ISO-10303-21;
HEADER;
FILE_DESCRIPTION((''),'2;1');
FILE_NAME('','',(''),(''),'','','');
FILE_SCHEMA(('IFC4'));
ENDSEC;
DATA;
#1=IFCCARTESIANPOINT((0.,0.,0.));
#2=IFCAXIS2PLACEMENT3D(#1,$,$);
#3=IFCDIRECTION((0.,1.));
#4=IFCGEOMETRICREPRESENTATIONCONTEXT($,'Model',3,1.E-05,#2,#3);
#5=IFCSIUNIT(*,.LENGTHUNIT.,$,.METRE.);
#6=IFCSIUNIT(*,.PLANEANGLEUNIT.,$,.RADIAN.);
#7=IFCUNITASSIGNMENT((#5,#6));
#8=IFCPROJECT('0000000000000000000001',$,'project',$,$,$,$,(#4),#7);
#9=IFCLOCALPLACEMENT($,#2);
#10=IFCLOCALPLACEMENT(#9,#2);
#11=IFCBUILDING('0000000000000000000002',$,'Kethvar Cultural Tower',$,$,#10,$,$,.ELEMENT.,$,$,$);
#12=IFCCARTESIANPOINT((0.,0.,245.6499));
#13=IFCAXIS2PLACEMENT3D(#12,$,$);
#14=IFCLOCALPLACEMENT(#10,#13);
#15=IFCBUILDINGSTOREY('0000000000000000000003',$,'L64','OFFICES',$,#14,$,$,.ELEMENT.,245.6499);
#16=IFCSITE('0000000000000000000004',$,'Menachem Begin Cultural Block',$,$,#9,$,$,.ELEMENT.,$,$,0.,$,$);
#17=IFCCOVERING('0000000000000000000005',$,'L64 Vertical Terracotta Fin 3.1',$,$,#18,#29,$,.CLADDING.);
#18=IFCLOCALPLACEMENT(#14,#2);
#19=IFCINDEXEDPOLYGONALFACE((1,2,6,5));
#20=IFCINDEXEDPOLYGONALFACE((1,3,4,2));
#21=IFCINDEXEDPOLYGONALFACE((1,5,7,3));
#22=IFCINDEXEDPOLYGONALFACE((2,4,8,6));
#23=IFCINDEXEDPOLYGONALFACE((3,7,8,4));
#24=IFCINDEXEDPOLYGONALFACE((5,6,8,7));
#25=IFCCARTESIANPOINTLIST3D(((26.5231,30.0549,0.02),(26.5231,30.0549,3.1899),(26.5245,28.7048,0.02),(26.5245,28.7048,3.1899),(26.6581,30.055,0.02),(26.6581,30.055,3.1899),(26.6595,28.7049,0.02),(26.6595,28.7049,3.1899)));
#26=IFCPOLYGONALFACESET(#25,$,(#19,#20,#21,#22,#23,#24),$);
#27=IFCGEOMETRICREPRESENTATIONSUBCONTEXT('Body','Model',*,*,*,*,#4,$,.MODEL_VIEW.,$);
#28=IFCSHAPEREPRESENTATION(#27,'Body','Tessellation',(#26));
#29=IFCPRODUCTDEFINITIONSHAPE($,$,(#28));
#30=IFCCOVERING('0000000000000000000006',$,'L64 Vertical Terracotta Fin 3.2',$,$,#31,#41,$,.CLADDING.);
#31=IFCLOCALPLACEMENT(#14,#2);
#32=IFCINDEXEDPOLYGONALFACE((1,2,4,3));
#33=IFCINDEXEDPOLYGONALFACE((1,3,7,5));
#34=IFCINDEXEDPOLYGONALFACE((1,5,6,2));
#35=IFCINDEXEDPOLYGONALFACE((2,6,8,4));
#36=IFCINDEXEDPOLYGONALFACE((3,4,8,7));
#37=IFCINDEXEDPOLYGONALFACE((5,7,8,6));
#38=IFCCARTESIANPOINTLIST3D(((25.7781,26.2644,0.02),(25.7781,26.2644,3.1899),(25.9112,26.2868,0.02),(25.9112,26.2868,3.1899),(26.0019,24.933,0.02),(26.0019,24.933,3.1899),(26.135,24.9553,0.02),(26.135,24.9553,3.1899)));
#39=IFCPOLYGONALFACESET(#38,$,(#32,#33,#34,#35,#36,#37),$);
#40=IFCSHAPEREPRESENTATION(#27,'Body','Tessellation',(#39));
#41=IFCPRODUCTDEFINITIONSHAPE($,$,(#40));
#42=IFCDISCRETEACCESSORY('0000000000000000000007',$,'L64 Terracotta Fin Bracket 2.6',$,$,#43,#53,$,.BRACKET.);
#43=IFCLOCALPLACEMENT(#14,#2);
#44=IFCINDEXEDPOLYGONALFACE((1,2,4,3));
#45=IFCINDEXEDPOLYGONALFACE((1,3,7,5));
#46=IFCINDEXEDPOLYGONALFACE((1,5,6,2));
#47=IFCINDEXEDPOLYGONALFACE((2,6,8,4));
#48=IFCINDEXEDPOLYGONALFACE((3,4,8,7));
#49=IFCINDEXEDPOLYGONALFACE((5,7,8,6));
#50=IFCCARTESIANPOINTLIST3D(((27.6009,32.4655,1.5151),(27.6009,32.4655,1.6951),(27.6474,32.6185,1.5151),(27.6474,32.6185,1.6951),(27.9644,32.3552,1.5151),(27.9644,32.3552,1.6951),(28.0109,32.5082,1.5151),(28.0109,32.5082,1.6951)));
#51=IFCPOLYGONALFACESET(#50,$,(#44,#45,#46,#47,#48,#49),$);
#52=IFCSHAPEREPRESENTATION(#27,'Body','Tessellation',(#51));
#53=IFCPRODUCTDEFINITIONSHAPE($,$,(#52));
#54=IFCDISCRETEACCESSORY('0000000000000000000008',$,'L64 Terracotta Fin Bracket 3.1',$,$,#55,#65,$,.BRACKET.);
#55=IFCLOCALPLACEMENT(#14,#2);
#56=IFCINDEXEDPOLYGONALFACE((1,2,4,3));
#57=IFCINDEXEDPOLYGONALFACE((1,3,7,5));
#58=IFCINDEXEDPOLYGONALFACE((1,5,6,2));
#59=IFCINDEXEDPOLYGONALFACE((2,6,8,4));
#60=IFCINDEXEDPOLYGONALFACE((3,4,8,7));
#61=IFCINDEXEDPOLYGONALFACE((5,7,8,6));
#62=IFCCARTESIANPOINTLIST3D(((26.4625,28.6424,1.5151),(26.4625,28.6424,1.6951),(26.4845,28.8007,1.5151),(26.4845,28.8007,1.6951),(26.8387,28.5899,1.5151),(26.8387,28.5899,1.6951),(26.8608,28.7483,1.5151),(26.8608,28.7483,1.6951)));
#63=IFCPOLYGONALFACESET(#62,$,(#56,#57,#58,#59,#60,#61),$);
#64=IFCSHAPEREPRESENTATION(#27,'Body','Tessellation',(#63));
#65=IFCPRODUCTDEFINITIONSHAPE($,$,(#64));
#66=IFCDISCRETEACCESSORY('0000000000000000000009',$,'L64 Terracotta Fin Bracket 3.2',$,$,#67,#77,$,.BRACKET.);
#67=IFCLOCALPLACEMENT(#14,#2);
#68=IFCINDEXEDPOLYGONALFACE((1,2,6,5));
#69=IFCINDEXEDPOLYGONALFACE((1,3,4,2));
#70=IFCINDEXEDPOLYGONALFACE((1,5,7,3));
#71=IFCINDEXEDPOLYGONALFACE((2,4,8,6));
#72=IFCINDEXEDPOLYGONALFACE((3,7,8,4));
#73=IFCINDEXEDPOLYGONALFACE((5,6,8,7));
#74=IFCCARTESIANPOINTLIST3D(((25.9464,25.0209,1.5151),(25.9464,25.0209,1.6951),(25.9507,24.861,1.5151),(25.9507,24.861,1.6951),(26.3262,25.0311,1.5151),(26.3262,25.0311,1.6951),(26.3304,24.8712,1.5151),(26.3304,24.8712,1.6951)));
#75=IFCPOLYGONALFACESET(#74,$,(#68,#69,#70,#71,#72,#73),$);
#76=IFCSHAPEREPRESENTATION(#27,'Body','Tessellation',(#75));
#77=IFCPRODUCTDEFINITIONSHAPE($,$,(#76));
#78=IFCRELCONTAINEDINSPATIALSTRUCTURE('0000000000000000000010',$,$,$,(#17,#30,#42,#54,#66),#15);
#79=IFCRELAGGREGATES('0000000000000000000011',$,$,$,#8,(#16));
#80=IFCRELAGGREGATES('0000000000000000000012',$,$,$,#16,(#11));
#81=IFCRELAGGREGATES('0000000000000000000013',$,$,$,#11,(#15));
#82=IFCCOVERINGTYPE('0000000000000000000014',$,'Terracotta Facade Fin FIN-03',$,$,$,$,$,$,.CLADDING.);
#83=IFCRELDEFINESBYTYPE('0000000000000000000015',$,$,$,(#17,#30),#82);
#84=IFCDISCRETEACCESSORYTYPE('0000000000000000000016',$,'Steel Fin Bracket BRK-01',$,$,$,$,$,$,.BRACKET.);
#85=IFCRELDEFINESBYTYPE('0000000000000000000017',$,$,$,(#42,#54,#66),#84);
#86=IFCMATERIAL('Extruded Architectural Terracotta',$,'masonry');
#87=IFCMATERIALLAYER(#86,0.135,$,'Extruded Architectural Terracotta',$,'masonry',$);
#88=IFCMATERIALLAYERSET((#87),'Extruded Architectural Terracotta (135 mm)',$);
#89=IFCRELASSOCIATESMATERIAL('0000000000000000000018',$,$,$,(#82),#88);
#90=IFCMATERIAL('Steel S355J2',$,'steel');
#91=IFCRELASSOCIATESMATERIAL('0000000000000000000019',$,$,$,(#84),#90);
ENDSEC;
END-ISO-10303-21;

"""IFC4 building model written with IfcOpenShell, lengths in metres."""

from ifc_helpers import new_model, si_unit, direction, frame, origin, origin_2d, place, context, subcontext, project, spatial, rectangle, extrude, source, transform, mapped, material, layer, layer_set, type_object, element, save


model = new_model("IFC4")

# Units and contexts
model_context = context("Model", 3, precision=1e-05, world=origin(), true_north=direction((0.0, 1.0)))
body_context = subcontext(model_context, "Body", "Model", "MODEL_VIEW")
ifc_project = project(units=[si_unit("LENGTHUNIT", "METRE"), si_unit("PLANEANGLEUNIT", "RADIAN")], contexts=[model_context])

# Site, building, storey
site_placement = place(None, origin())
site = spatial("IfcSite", under=ifc_project, at=site_placement, Name="Menachem Begin Cultural Block", CompositionType="ELEMENT", RefElevation=0.0)
building_placement = place(site_placement, origin())
building = spatial("IfcBuilding", under=site, at=building_placement, Name="Kethvar Cultural Tower", CompositionType="ELEMENT")
storey_placement = place(building_placement, frame((0.0, 0.0, 245.6499)))
storey = spatial("IfcBuildingStorey", under=building, at=storey_placement, Name="L64", Description="OFFICES", CompositionType="ELEMENT", Elevation=245.6499)

# Shared definitions
ifc_material_1 = material(Name="Steel S355J2", Category="steel")

# Coverings
ifc_material_2 = material(Name="Extruded Architectural Terracotta", Category="masonry")
ifc_layer_1 = layer(ifc_material_2, 0.135, Name="Extruded Architectural Terracotta", Category="masonry")
ifc_layer_set_1 = layer_set([ifc_layer_1], Name="Extruded Architectural Terracotta (135 mm)")
covering_type = type_object("IfcCoveringType", Name="Terracotta Facade Fin FIN-03", PredefinedType="CLADDING", material=ifc_layer_set_1)
shared_shape_1 = source(origin(), body_context, "Body", "SweptSolid", [
    extrude(rectangle(XDim=1.3501, YDim=0.135, at=origin_2d()), origin(), (0.0, 0.0, 1.0), 3.1699),
])
for number, where, z_axis, x_axis, name in (
    (1, (26.5913, 29.3799, 0.02), (0.0, 0.0, 1.0), (-0.001047, 0.999999, 0.0), "L64 Vertical Terracotta Fin 3.1"),
    (2, (25.9565, 25.6099, 0.02), (0.0, 0.0, 1.0), (-0.165736, 0.98617, 0.0), "L64 Vertical Terracotta Fin 3.2"),
):
    element("IfcCovering", number, at=place(storey_placement, frame(where, z_axis=z_axis, x_axis=x_axis)), inside=storey, type_object=covering_type, Name=name, PredefinedType="CLADDING", context=body_context, shape_type="MappedRepresentation", body=[
        mapped(shared_shape_1, transform((0.0, 0.0, 0.0), scale=1.0)),
    ])

# Discrete accessories
discrete_accessory_type = type_object("IfcDiscreteAccessoryType", Name="Steel Fin Bracket BRK-01", PredefinedType="BRACKET", material=ifc_material_1)
shared_shape_2 = source(origin(), body_context, "Body", "SweptSolid", [
    extrude(rectangle(XDim=0.3799, YDim=0.1599, at=origin_2d()), origin(), (0.0, 0.0, 1.0), 0.1799),
])
for number, where, z_axis, x_axis, name in (
    (3, (27.8059, 32.4868, 1.5151), (0.0, 0.0, 1.0), (-0.956915, 0.290368, 0.0), "L64 Terracotta Fin Bracket 2.6"),
    (4, (26.6616, 28.6953, 1.5151), (0.0, 0.0, 1.0), (-0.990413, 0.138136, 0.0), "L64 Terracotta Fin Bracket 3.1"),
    (5, (26.1384, 24.946, 1.5151), (0.0, 0.0, 1.0), (-0.999639, -0.026875, 0.0), "L64 Terracotta Fin Bracket 3.2"),
):
    element("IfcDiscreteAccessory", number, at=place(storey_placement, frame(where, z_axis=z_axis, x_axis=x_axis)), inside=storey, type_object=discrete_accessory_type, Name=name, PredefinedType="BRACKET", context=body_context, shape_type="MappedRepresentation", body=[
        mapped(shared_shape_2, transform((0.0, 0.0, 0.0), scale=1.0)),
    ])

save(model, "model.ifc")
